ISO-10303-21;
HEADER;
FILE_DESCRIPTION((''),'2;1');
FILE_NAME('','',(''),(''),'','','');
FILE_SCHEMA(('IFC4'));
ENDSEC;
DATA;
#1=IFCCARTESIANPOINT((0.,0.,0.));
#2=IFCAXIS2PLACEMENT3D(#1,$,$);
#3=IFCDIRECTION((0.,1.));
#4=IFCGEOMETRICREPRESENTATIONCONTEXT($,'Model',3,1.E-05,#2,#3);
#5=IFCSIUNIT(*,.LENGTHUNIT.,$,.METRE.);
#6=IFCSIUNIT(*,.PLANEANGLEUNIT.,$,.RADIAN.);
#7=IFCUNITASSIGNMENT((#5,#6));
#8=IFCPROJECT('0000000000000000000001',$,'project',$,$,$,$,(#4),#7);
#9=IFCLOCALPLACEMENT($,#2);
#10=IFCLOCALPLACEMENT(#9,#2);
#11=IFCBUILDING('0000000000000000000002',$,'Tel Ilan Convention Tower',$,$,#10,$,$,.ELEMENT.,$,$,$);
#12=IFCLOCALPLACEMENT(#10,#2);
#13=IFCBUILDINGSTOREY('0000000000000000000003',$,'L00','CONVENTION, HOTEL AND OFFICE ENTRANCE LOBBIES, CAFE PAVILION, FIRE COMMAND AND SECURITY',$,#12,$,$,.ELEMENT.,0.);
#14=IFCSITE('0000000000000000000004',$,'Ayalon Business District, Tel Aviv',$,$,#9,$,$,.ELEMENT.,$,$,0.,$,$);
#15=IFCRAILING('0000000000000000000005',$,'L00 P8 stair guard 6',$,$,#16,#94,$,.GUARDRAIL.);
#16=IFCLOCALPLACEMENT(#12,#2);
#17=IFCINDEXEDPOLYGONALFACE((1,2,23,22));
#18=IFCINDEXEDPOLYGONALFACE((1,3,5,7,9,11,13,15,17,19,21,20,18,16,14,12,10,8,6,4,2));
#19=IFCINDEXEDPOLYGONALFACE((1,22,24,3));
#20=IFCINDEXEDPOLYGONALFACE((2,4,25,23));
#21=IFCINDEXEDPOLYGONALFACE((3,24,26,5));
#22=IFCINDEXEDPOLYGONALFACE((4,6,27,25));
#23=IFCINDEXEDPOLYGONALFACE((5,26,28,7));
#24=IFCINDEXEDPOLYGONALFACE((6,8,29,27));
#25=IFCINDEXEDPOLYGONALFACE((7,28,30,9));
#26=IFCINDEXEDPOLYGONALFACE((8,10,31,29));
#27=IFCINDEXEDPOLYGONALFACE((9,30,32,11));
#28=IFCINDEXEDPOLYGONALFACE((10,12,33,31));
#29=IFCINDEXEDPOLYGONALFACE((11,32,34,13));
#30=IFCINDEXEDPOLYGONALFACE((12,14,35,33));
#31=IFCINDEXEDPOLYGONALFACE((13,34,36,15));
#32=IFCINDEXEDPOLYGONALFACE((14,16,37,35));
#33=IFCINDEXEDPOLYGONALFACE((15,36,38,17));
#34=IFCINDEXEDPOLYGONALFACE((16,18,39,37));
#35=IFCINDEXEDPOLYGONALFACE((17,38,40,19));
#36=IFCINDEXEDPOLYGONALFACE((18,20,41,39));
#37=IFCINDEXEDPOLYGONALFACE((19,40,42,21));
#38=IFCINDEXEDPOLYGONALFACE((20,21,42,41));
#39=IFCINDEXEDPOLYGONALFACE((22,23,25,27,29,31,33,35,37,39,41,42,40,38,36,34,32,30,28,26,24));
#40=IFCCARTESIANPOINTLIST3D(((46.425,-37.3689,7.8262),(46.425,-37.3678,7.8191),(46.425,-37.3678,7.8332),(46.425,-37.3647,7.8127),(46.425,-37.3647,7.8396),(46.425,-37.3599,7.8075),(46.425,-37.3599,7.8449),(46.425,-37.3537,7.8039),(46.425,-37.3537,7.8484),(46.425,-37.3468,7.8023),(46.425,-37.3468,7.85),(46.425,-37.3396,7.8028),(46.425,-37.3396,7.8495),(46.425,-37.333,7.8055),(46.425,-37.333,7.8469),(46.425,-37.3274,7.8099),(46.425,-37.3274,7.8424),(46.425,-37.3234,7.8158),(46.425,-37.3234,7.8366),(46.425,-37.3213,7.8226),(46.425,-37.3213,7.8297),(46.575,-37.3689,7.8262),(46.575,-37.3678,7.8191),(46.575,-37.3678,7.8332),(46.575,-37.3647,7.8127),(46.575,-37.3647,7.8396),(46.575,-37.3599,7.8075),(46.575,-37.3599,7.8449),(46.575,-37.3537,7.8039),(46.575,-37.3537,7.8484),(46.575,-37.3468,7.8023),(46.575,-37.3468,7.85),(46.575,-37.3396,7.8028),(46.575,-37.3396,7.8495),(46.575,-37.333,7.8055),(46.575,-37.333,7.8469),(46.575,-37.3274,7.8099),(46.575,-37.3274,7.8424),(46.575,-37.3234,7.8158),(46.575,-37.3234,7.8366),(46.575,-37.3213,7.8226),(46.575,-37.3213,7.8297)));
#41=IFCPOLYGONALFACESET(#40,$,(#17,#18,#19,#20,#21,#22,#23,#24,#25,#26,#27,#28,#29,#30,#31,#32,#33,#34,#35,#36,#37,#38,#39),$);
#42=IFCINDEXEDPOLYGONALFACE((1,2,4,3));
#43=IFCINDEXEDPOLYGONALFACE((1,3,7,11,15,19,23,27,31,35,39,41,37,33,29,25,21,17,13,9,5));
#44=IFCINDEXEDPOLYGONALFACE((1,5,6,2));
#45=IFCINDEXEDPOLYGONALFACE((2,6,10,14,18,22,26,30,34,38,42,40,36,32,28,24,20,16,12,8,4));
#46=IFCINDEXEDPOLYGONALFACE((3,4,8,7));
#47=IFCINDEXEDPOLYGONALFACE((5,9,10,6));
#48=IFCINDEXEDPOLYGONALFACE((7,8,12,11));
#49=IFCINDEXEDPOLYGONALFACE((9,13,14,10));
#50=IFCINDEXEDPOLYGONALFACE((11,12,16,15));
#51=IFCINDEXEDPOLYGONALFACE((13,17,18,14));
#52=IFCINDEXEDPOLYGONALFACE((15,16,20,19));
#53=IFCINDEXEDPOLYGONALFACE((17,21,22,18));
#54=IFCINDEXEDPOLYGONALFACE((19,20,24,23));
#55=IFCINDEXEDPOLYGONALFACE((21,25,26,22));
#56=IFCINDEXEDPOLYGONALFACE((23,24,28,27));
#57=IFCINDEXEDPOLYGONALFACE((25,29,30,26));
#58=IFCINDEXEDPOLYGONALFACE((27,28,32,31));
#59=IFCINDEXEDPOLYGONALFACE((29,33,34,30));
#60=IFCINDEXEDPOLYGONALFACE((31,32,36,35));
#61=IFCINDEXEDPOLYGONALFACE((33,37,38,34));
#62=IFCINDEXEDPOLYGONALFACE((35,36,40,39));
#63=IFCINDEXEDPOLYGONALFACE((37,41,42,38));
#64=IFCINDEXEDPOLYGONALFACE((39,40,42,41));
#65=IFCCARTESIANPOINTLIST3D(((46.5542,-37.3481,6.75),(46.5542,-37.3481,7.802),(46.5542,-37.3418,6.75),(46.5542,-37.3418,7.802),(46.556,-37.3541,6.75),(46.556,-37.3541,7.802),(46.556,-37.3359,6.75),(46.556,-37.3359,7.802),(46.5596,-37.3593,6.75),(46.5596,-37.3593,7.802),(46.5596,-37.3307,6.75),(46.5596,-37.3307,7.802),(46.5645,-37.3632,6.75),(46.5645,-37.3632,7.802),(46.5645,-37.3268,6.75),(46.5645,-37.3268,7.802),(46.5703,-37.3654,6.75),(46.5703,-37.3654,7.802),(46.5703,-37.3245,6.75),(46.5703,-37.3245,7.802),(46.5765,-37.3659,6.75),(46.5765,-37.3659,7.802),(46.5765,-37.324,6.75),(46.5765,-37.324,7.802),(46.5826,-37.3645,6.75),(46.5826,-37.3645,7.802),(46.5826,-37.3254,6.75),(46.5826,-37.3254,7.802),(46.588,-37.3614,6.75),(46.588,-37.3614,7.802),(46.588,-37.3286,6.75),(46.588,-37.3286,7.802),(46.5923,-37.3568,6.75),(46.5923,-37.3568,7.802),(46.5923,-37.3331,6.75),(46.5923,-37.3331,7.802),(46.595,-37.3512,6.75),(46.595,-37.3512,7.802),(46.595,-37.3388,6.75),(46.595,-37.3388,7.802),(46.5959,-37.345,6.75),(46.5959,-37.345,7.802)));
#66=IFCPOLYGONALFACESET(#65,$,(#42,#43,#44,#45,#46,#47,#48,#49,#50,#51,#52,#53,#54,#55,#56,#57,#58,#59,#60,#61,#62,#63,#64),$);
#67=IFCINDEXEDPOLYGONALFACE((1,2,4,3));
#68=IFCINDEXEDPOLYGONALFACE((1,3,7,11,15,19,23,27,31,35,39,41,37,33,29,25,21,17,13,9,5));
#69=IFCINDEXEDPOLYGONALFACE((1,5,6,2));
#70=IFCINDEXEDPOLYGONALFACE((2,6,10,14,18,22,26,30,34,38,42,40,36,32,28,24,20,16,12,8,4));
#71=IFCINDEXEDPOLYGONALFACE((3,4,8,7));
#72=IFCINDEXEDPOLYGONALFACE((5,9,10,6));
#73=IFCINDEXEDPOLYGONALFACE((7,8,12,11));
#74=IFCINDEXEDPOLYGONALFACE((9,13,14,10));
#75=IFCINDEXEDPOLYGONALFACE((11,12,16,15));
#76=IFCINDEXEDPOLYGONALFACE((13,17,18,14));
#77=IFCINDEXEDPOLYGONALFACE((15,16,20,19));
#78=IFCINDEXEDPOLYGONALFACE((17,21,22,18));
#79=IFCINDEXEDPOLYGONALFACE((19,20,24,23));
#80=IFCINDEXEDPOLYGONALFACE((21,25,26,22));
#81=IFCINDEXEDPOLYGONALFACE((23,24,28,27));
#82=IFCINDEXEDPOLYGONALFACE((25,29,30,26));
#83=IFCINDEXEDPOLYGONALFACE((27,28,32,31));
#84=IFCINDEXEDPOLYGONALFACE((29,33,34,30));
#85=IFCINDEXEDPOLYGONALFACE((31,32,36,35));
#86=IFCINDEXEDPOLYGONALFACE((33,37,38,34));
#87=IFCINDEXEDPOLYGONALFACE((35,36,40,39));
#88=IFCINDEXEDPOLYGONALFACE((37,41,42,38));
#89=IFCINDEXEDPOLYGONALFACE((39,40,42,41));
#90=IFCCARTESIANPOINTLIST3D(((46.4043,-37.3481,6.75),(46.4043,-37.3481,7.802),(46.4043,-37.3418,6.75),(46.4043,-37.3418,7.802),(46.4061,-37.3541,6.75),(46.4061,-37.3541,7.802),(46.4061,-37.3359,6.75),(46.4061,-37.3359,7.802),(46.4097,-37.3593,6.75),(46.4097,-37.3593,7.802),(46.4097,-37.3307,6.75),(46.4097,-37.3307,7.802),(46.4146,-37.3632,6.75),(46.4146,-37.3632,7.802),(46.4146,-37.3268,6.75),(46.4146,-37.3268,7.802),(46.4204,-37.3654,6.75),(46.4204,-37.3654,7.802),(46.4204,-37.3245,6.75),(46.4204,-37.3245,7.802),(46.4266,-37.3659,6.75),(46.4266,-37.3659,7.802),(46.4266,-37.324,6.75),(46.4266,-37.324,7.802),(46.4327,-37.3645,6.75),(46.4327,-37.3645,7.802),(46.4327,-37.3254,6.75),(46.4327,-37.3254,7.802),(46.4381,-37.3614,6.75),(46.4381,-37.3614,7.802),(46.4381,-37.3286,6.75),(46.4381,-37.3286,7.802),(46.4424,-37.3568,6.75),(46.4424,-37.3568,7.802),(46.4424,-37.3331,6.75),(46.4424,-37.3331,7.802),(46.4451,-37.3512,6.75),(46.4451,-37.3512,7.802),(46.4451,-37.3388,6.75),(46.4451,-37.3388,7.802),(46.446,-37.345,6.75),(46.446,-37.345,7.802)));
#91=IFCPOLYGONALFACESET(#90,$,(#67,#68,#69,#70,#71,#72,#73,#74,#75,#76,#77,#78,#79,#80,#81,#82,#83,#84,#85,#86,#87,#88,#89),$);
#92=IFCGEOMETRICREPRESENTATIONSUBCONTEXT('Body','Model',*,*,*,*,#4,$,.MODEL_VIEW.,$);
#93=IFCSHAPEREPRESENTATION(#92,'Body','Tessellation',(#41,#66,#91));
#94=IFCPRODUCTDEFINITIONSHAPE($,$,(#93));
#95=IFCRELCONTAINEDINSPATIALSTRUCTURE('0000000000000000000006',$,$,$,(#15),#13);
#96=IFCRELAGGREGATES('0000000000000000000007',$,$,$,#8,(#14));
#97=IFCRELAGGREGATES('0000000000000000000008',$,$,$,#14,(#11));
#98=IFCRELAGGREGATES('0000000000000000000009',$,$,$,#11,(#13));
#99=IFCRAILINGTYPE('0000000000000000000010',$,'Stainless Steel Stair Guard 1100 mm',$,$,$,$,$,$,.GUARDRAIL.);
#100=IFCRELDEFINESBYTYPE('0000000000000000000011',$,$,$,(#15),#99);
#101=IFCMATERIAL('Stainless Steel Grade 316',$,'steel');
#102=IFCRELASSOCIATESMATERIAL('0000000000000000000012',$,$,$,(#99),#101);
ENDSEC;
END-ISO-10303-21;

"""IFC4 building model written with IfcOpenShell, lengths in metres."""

from ifc_helpers import new_model, si_unit, direction, frame, origin, origin_2d, place, context, subcontext, project, spatial, circle, extrude, material, type_object, element, save


model = new_model("IFC4")

# Units and contexts
model_context = context("Model", 3, precision=1e-05, world=origin(), true_north=direction((0.0, 1.0)))
body_context = subcontext(model_context, "Body", "Model", "MODEL_VIEW")
ifc_project = project(units=[si_unit("LENGTHUNIT", "METRE"), si_unit("PLANEANGLEUNIT", "RADIAN")], contexts=[model_context])

# Site, building, storey
site_placement = place(None, origin())
site = spatial("IfcSite", under=ifc_project, at=site_placement, Name="Ayalon Business District, Tel Aviv", CompositionType="ELEMENT", RefElevation=0.0)
building_placement = place(site_placement, origin())
building = spatial("IfcBuilding", under=site, at=building_placement, Name="Tel Ilan Convention Tower", CompositionType="ELEMENT")
storey_placement = place(building_placement, origin())
storey = spatial("IfcBuildingStorey", under=building, at=storey_placement, Name="L00", Description="CONVENTION, HOTEL AND OFFICE ENTRANCE LOBBIES, CAFE PAVILION, FIRE COMMAND AND SECURITY", CompositionType="ELEMENT", Elevation=0.0)

# Railing
ifc_material_1 = material(Name="Stainless Steel Grade 316", Category="steel")
railing_type_1 = type_object("IfcRailingType", Name="Stainless Steel Stair Guard 1100 mm", PredefinedType="GUARDRAIL", material=ifc_material_1)
railing_1_placement = place(storey_placement, frame((46.575, -37.345, 6.75)))
element("IfcRailing", 1, at=railing_1_placement, inside=storey, type_object=railing_type_1, Name="L00 P8 stair guard 6", PredefinedType="GUARDRAIL", context=body_context, shape_type="SweptSolid", body=[
    extrude(circle(Radius=0.0239, at=origin_2d()), frame((0.0, 0.0, 1.0762), z_axis=(-1.0, 0.0, 0.0), x_axis=(0.0, -1.0, 0.0)), (0.0, 0.0, 1.0), 0.1499),
    extrude(circle(Radius=0.021, at=origin_2d()), origin(), (0.0, 0.0, 1.0), 1.052),
    extrude(circle(Radius=0.021, at=origin_2d()), frame((-0.1499, 0.0, 0.0)), (0.0, 0.0, 1.0), 1.052),
])

save(model, "model.ifc")
